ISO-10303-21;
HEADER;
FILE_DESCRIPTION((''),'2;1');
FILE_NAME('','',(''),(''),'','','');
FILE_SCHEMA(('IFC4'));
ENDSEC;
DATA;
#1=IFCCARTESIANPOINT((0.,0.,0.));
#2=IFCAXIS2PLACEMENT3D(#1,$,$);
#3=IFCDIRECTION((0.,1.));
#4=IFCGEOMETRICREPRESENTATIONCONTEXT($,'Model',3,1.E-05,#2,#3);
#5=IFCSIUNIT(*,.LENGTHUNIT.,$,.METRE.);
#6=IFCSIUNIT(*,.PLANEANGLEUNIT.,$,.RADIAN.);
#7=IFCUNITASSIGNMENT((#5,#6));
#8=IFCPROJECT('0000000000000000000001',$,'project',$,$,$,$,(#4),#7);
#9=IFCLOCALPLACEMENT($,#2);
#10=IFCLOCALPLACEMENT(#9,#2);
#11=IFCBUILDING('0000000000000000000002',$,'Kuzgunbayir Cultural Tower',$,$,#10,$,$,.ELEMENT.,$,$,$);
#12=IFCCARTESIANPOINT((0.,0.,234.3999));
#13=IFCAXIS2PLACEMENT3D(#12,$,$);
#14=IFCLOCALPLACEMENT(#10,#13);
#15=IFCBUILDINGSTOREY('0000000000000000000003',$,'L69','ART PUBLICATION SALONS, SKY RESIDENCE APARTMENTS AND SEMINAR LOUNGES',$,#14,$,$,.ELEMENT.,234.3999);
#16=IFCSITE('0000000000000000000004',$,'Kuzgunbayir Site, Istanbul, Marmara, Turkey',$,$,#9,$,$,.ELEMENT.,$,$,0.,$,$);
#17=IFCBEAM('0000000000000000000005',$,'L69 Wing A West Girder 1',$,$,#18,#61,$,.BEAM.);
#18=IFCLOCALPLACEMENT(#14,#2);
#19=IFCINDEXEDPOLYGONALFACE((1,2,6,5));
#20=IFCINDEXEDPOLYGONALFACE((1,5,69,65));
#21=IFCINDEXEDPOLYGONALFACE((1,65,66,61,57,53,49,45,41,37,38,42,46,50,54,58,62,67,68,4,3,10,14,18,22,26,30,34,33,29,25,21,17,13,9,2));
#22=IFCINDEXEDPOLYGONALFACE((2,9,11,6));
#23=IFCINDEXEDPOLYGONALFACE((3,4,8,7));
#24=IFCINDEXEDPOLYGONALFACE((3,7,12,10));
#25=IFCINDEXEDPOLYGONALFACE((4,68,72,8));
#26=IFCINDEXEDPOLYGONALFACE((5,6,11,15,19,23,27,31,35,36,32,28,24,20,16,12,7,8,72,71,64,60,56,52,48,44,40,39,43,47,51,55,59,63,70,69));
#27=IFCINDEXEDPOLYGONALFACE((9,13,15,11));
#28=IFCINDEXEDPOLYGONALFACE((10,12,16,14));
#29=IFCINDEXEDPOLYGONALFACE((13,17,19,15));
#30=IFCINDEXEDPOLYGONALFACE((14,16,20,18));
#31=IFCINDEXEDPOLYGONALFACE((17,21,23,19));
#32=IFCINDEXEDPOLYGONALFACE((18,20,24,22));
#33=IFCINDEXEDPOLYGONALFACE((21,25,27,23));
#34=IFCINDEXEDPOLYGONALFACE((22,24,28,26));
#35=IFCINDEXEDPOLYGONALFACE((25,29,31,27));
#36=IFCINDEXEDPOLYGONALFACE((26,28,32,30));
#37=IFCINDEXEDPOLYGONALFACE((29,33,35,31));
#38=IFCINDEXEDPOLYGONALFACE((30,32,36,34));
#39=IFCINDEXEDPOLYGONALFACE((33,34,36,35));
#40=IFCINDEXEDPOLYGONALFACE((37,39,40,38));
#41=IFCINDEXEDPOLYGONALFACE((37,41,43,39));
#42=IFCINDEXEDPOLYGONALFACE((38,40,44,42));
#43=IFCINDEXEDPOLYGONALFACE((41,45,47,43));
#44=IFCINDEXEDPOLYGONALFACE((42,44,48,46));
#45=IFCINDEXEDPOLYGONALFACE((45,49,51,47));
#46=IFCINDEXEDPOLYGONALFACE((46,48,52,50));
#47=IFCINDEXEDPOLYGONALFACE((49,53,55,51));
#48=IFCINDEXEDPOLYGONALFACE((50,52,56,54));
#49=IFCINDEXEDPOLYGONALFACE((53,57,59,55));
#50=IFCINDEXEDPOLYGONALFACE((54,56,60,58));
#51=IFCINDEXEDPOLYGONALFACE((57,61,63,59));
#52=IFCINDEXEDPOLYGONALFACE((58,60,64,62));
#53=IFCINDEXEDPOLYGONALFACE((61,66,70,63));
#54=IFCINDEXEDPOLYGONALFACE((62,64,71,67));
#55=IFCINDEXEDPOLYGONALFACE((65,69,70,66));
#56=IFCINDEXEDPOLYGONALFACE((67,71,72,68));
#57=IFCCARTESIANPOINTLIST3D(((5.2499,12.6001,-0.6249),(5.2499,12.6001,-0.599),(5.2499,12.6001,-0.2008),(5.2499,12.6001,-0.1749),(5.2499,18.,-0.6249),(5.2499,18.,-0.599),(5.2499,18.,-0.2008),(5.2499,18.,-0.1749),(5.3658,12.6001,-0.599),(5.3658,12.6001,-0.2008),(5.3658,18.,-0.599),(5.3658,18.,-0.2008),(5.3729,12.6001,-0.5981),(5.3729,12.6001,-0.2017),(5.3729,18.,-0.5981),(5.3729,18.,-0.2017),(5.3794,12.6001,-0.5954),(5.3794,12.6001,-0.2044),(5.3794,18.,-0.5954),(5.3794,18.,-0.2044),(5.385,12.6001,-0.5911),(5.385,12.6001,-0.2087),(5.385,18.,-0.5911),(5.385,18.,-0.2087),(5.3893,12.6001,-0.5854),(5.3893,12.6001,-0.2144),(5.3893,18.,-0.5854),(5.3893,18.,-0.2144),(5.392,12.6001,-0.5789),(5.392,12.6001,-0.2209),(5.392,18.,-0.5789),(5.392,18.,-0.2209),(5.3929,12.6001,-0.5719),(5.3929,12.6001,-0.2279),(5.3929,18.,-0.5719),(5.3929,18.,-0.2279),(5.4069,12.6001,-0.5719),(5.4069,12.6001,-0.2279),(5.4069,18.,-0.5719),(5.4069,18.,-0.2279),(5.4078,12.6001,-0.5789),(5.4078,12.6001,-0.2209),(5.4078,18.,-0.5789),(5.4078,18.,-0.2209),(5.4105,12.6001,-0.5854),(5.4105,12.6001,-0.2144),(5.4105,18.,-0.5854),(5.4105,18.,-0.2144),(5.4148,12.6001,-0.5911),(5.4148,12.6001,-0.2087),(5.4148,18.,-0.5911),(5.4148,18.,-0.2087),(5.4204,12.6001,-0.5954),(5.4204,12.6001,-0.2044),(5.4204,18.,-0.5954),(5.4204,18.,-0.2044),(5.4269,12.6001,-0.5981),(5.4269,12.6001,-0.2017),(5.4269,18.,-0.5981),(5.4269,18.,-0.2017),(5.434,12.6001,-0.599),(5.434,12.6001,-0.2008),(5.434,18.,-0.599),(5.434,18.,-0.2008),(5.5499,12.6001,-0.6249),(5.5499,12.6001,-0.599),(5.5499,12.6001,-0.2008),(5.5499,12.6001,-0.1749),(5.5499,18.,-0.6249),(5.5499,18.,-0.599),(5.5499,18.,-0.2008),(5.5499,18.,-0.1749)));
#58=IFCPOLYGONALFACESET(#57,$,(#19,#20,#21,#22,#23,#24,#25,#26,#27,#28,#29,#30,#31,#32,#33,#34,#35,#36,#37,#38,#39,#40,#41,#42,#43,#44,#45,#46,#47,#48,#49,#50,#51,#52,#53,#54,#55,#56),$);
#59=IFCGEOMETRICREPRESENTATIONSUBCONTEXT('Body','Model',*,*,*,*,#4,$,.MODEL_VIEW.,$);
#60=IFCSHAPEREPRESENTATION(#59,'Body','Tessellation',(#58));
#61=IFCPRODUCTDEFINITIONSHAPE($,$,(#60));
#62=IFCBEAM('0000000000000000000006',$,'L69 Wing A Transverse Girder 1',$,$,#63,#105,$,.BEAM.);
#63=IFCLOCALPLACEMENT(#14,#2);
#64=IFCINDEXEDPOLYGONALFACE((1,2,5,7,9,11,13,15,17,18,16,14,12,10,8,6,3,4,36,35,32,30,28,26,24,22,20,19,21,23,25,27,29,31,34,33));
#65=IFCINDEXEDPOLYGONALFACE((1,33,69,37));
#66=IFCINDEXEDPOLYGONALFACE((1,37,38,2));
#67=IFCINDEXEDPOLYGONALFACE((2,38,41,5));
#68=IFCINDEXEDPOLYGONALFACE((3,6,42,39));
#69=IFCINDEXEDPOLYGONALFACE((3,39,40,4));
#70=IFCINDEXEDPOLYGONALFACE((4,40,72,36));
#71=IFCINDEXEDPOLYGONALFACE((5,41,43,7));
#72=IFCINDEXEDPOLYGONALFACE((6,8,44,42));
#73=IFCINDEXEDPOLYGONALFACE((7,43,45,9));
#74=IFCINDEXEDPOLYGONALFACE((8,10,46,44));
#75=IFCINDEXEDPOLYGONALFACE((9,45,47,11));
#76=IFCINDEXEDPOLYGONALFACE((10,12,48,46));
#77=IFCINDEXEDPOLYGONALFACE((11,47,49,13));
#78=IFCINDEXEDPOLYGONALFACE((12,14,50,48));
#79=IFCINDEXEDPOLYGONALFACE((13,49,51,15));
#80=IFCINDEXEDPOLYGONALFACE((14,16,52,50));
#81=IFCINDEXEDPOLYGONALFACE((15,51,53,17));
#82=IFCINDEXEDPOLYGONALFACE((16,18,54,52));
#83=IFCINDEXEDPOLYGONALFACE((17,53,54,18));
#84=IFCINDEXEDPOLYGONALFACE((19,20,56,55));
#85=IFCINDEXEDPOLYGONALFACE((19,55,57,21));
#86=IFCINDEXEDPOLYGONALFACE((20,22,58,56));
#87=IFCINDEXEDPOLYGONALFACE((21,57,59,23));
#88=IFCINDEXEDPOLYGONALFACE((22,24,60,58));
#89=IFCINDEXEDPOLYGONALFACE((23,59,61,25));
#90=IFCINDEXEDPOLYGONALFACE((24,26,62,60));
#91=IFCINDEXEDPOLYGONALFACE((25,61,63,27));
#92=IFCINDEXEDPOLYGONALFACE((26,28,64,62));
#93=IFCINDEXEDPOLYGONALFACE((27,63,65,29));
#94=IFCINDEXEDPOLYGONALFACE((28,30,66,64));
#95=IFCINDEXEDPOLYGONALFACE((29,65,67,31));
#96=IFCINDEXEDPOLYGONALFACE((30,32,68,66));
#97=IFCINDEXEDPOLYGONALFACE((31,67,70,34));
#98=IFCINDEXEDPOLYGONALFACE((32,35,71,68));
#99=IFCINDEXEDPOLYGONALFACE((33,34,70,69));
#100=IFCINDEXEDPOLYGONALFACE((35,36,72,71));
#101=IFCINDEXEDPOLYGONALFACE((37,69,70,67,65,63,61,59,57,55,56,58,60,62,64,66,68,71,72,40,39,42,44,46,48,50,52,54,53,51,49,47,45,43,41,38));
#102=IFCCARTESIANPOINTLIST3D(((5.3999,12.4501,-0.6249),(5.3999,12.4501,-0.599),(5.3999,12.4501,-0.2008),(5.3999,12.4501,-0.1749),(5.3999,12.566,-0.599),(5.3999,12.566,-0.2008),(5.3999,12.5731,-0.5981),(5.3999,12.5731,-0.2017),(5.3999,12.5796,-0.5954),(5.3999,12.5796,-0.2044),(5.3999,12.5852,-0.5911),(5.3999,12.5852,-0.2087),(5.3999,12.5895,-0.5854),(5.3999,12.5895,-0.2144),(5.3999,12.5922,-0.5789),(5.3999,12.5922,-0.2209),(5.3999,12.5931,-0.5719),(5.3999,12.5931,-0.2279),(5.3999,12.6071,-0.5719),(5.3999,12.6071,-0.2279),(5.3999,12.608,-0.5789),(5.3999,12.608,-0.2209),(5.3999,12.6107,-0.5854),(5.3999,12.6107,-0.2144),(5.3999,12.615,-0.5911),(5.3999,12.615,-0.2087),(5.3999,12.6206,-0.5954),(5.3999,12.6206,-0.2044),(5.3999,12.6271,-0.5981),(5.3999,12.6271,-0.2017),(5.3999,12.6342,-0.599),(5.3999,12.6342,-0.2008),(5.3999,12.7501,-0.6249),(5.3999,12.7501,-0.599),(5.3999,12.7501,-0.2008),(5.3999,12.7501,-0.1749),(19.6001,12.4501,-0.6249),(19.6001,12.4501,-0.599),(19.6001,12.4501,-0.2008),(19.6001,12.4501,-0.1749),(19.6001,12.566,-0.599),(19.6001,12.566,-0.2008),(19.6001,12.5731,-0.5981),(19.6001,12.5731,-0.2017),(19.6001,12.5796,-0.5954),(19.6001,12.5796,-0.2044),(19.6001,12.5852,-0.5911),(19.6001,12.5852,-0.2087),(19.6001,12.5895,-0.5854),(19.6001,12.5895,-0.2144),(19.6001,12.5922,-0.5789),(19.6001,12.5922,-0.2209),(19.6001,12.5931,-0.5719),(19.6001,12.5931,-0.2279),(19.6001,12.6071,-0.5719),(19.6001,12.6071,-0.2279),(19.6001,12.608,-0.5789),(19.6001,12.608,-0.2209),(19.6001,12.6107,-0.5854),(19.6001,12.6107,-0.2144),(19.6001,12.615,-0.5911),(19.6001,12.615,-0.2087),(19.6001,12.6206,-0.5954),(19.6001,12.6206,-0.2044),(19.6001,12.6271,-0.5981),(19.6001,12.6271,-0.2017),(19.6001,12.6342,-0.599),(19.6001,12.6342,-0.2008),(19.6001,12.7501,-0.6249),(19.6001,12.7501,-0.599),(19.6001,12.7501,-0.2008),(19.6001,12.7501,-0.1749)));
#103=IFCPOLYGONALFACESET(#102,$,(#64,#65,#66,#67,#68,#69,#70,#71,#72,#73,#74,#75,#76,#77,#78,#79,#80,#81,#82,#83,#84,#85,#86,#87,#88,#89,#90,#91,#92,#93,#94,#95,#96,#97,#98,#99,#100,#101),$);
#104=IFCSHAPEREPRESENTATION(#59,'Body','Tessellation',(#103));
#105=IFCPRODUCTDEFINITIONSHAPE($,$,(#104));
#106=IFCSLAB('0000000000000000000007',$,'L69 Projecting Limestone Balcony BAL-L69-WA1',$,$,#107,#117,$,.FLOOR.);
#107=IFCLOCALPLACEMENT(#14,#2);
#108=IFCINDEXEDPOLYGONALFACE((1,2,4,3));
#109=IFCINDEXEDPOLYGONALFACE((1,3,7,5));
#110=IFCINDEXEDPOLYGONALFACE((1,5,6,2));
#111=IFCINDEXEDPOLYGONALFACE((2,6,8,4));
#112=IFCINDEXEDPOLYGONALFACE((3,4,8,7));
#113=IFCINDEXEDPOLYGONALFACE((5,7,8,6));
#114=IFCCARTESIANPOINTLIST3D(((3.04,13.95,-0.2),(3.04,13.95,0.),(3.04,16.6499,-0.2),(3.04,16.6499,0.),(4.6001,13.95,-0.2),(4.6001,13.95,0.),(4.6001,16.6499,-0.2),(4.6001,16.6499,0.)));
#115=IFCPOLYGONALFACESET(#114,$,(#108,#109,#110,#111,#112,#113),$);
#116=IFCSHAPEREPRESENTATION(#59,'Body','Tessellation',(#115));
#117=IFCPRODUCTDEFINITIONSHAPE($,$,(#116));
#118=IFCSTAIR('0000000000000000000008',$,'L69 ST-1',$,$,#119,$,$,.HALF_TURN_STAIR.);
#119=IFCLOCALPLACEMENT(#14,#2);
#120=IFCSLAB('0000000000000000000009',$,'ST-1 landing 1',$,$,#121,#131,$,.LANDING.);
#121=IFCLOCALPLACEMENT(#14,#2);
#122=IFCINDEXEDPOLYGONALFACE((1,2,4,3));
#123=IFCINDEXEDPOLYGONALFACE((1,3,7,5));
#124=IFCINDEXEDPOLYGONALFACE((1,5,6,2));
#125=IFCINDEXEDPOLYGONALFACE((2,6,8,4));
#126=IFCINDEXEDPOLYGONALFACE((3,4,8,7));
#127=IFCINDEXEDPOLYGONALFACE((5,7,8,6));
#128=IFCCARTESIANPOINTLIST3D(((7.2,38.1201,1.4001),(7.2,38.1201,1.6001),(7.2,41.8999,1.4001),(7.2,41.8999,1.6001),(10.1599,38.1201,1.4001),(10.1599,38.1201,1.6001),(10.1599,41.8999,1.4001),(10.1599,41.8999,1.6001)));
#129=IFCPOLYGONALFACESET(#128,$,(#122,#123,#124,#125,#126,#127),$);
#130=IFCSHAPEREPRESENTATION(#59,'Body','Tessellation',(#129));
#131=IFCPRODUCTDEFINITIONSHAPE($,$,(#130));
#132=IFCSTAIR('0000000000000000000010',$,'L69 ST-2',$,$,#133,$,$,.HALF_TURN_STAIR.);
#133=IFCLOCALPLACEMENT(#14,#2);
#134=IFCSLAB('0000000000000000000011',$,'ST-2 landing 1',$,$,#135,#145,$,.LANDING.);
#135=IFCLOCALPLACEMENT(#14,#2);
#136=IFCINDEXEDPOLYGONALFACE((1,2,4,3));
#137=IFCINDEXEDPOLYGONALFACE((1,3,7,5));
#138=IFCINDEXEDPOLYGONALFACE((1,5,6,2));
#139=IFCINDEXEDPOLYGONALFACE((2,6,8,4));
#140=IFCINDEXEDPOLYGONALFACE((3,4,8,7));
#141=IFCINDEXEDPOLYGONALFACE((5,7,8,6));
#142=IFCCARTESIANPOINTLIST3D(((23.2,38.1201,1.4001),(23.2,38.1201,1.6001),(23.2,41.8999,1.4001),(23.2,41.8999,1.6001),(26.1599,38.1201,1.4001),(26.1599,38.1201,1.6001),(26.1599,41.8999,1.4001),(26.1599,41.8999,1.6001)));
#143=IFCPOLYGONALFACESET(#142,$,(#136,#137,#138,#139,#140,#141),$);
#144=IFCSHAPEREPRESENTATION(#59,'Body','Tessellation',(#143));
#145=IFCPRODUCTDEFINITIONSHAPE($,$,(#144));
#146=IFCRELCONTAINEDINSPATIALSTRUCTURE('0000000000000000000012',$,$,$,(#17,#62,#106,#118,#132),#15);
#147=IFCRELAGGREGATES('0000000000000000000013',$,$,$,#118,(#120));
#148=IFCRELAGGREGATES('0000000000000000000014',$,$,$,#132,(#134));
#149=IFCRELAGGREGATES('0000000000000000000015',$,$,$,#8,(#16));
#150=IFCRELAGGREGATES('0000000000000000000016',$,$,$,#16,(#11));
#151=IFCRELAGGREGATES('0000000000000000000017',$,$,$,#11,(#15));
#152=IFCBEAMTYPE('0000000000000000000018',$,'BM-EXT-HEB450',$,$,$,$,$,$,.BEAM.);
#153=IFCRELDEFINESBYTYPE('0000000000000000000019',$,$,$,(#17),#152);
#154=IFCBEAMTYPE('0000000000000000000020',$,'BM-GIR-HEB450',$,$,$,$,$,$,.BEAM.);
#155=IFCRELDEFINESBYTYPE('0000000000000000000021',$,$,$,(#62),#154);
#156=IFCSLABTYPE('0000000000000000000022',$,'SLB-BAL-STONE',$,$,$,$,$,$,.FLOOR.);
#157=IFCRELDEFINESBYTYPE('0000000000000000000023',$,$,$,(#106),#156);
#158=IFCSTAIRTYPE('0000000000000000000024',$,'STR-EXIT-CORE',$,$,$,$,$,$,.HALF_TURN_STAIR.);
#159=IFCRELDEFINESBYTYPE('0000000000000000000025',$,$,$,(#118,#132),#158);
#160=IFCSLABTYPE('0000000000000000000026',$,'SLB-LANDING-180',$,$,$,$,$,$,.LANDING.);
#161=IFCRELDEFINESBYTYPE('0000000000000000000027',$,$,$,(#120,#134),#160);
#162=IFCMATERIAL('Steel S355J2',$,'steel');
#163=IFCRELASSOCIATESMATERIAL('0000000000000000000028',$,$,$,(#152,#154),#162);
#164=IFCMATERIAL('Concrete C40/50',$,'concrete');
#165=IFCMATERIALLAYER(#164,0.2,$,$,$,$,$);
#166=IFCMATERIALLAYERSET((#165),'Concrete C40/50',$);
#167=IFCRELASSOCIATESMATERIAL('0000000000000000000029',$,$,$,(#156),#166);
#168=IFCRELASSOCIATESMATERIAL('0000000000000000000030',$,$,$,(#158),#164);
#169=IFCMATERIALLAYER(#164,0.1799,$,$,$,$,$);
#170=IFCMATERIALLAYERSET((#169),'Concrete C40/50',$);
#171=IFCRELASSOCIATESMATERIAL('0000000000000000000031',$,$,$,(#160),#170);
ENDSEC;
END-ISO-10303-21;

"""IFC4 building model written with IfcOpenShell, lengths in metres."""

from ifc_helpers import new_model, si_unit, direction, frame, origin, origin_2d, place, context, subcontext, project, spatial, polyline, i_section, outline, extrude, material, layer, layer_set, material_profile, profile_set, type_object, element, aggregate, save


model = new_model("IFC4")

# Units and contexts
model_context = context("Model", 3, precision=1e-05, world=origin(), true_north=direction((0.0, 1.0)))
body_context = subcontext(model_context, "Body", "Model", "MODEL_VIEW")
ifc_project = project(units=[si_unit("LENGTHUNIT", "METRE"), si_unit("PLANEANGLEUNIT", "RADIAN")], contexts=[model_context])

# Site, building, storey
site_placement = place(None, origin())
site = spatial("IfcSite", under=ifc_project, at=site_placement, Name="Kuzgunbayir Site, Istanbul, Marmara, Turkey", CompositionType="ELEMENT", RefElevation=0.0)
building_placement = place(site_placement, origin())
building = spatial("IfcBuilding", under=site, at=building_placement, Name="Kuzgunbayir Cultural Tower", CompositionType="ELEMENT")
storey_placement = place(building_placement, frame((0.0, 0.0, 234.3999)))
storey = spatial("IfcBuildingStorey", under=building, at=storey_placement, Name="L69", Description="ART PUBLICATION SALONS, SKY RESIDENCE APARTMENTS AND SEMINAR LOUNGES", CompositionType="ELEMENT", Elevation=234.3999)

# Beams
ifc_material_1 = material(Name="Steel S355J2", Category="steel")
ifc_material_profile_1 = material_profile(ifc_material_1, i_section(OverallWidth=0.3, OverallDepth=0.45, WebThickness=0.0139, FlangeThickness=0.0259, FilletRadius=0.0271, at=origin_2d()), Name="HEB 450")
ifc_profile_set_1 = profile_set([ifc_material_profile_1], Name="Steel S355J2")
beam_type_1 = type_object("IfcBeamType", Name="BM-EXT-HEB450", PredefinedType="BEAM", material=ifc_profile_set_1)
beam_1_placement = place(storey_placement, frame((5.3999, 12.6001, -0.3999), z_axis=(0.0, 1.0, 0.0), x_axis=(-1.0, 0.0, 0.0)))
element("IfcBeam", 1, at=beam_1_placement, inside=storey, type_object=beam_type_1, Name="L69 Wing A West Girder 1", PredefinedType="BEAM", context=body_context, shape_type="SweptSolid", body=[
    extrude(i_section(OverallWidth=0.3, OverallDepth=0.45, WebThickness=0.0139, FlangeThickness=0.0259, FilletRadius=0.0271, at=origin_2d()), origin(), (0.0, 0.0, 1.0), 5.3999),
])
ifc_material_profile_2 = material_profile(ifc_material_1, i_section(OverallWidth=0.3, OverallDepth=0.45, WebThickness=0.0139, FlangeThickness=0.0259, FilletRadius=0.0271, at=origin_2d()), Name="HEB 450")
ifc_profile_set_2 = profile_set([ifc_material_profile_2], Name="Steel S355J2")
beam_type_2 = type_object("IfcBeamType", Name="BM-GIR-HEB450", PredefinedType="BEAM", material=ifc_profile_set_2)
beam_2_placement = place(storey_placement, frame((5.3999, 12.6001, -0.3999), z_axis=(1.0, 0.0, 0.0), x_axis=(0.0, 1.0, 0.0)))
element("IfcBeam", 2, at=beam_2_placement, inside=storey, type_object=beam_type_2, Name="L69 Wing A Transverse Girder 1", PredefinedType="BEAM", context=body_context, shape_type="SweptSolid", body=[
    extrude(i_section(OverallWidth=0.3, OverallDepth=0.45, WebThickness=0.0139, FlangeThickness=0.0259, FilletRadius=0.0271, at=origin_2d()), origin(), (0.0, 0.0, 1.0), 14.2002),
])

# Slab
ifc_material_2 = material(Name="Concrete C40/50", Category="concrete")
ifc_layer_1 = layer(ifc_material_2, 0.2)
ifc_layer_set_1 = layer_set([ifc_layer_1], Name="Concrete C40/50")
slab_type_1 = type_object("IfcSlabType", Name="SLB-BAL-STONE", PredefinedType="FLOOR", material=ifc_layer_set_1)
slab_1_placement = place(storey_placement, frame((0.0, 0.0, -0.2)))
element("IfcSlab", 3, at=slab_1_placement, inside=storey, type_object=slab_type_1, Name="L69 Projecting Limestone Balcony BAL-L69-WA1", PredefinedType="FLOOR", context=body_context, shape_type="SweptSolid", body=[
    extrude(outline(polyline([(3.04, 13.95), (4.6001, 13.95), (4.6001, 16.6499), (3.04, 16.6499), (3.04, 13.95)])), origin(), (0.0, 0.0, 1.0), 0.2),
])

# Stairs, slabs
stair_type = type_object("IfcStairType", Name="STR-EXIT-CORE", PredefinedType="HALF_TURN_STAIR", material=ifc_material_2)
stair_1_placement = place(storey_placement, origin())
stair_1 = element("IfcStair", 4, at=stair_1_placement, inside=storey, type_object=stair_type, Name="L69 ST-1", PredefinedType="HALF_TURN_STAIR")
ifc_layer_2 = layer(ifc_material_2, 0.1799)
ifc_layer_set_2 = layer_set([ifc_layer_2], Name="Concrete C40/50")
slab_type_2 = type_object("IfcSlabType", Name="SLB-LANDING-180", PredefinedType="LANDING", material=ifc_layer_set_2)
slab_2_placement = place(storey_placement, frame((0.0, 0.0, 1.4001)))
slab_2 = element("IfcSlab", 5, at=slab_2_placement, type_object=slab_type_2, Name="ST-1 landing 1", PredefinedType="LANDING", context=body_context, shape_type="SweptSolid", body=[
    extrude(outline(polyline([(10.1599, 38.1201), (10.1599, 41.8999), (7.2, 41.8999), (7.2, 38.1201), (10.1599, 38.1201)])), origin(), (0.0, 0.0, 1.0), 0.2),
])
aggregate(stair_1, [slab_2])
stair_2_placement = place(storey_placement, origin())
stair_2 = element("IfcStair", 6, at=stair_2_placement, inside=storey, type_object=stair_type, Name="L69 ST-2", PredefinedType="HALF_TURN_STAIR")
slab_3_placement = place(storey_placement, frame((0.0, 0.0, 1.4001)))
slab_3 = element("IfcSlab", 7, at=slab_3_placement, type_object=slab_type_2, Name="ST-2 landing 1", PredefinedType="LANDING", context=body_context, shape_type="SweptSolid", body=[
    extrude(outline(polyline([(26.1599, 38.1201), (26.1599, 41.8999), (23.2, 41.8999), (23.2, 38.1201), (26.1599, 38.1201)])), origin(), (0.0, 0.0, 1.0), 0.2),
])
aggregate(stair_2, [slab_3])

save(model, "model.ifc")
